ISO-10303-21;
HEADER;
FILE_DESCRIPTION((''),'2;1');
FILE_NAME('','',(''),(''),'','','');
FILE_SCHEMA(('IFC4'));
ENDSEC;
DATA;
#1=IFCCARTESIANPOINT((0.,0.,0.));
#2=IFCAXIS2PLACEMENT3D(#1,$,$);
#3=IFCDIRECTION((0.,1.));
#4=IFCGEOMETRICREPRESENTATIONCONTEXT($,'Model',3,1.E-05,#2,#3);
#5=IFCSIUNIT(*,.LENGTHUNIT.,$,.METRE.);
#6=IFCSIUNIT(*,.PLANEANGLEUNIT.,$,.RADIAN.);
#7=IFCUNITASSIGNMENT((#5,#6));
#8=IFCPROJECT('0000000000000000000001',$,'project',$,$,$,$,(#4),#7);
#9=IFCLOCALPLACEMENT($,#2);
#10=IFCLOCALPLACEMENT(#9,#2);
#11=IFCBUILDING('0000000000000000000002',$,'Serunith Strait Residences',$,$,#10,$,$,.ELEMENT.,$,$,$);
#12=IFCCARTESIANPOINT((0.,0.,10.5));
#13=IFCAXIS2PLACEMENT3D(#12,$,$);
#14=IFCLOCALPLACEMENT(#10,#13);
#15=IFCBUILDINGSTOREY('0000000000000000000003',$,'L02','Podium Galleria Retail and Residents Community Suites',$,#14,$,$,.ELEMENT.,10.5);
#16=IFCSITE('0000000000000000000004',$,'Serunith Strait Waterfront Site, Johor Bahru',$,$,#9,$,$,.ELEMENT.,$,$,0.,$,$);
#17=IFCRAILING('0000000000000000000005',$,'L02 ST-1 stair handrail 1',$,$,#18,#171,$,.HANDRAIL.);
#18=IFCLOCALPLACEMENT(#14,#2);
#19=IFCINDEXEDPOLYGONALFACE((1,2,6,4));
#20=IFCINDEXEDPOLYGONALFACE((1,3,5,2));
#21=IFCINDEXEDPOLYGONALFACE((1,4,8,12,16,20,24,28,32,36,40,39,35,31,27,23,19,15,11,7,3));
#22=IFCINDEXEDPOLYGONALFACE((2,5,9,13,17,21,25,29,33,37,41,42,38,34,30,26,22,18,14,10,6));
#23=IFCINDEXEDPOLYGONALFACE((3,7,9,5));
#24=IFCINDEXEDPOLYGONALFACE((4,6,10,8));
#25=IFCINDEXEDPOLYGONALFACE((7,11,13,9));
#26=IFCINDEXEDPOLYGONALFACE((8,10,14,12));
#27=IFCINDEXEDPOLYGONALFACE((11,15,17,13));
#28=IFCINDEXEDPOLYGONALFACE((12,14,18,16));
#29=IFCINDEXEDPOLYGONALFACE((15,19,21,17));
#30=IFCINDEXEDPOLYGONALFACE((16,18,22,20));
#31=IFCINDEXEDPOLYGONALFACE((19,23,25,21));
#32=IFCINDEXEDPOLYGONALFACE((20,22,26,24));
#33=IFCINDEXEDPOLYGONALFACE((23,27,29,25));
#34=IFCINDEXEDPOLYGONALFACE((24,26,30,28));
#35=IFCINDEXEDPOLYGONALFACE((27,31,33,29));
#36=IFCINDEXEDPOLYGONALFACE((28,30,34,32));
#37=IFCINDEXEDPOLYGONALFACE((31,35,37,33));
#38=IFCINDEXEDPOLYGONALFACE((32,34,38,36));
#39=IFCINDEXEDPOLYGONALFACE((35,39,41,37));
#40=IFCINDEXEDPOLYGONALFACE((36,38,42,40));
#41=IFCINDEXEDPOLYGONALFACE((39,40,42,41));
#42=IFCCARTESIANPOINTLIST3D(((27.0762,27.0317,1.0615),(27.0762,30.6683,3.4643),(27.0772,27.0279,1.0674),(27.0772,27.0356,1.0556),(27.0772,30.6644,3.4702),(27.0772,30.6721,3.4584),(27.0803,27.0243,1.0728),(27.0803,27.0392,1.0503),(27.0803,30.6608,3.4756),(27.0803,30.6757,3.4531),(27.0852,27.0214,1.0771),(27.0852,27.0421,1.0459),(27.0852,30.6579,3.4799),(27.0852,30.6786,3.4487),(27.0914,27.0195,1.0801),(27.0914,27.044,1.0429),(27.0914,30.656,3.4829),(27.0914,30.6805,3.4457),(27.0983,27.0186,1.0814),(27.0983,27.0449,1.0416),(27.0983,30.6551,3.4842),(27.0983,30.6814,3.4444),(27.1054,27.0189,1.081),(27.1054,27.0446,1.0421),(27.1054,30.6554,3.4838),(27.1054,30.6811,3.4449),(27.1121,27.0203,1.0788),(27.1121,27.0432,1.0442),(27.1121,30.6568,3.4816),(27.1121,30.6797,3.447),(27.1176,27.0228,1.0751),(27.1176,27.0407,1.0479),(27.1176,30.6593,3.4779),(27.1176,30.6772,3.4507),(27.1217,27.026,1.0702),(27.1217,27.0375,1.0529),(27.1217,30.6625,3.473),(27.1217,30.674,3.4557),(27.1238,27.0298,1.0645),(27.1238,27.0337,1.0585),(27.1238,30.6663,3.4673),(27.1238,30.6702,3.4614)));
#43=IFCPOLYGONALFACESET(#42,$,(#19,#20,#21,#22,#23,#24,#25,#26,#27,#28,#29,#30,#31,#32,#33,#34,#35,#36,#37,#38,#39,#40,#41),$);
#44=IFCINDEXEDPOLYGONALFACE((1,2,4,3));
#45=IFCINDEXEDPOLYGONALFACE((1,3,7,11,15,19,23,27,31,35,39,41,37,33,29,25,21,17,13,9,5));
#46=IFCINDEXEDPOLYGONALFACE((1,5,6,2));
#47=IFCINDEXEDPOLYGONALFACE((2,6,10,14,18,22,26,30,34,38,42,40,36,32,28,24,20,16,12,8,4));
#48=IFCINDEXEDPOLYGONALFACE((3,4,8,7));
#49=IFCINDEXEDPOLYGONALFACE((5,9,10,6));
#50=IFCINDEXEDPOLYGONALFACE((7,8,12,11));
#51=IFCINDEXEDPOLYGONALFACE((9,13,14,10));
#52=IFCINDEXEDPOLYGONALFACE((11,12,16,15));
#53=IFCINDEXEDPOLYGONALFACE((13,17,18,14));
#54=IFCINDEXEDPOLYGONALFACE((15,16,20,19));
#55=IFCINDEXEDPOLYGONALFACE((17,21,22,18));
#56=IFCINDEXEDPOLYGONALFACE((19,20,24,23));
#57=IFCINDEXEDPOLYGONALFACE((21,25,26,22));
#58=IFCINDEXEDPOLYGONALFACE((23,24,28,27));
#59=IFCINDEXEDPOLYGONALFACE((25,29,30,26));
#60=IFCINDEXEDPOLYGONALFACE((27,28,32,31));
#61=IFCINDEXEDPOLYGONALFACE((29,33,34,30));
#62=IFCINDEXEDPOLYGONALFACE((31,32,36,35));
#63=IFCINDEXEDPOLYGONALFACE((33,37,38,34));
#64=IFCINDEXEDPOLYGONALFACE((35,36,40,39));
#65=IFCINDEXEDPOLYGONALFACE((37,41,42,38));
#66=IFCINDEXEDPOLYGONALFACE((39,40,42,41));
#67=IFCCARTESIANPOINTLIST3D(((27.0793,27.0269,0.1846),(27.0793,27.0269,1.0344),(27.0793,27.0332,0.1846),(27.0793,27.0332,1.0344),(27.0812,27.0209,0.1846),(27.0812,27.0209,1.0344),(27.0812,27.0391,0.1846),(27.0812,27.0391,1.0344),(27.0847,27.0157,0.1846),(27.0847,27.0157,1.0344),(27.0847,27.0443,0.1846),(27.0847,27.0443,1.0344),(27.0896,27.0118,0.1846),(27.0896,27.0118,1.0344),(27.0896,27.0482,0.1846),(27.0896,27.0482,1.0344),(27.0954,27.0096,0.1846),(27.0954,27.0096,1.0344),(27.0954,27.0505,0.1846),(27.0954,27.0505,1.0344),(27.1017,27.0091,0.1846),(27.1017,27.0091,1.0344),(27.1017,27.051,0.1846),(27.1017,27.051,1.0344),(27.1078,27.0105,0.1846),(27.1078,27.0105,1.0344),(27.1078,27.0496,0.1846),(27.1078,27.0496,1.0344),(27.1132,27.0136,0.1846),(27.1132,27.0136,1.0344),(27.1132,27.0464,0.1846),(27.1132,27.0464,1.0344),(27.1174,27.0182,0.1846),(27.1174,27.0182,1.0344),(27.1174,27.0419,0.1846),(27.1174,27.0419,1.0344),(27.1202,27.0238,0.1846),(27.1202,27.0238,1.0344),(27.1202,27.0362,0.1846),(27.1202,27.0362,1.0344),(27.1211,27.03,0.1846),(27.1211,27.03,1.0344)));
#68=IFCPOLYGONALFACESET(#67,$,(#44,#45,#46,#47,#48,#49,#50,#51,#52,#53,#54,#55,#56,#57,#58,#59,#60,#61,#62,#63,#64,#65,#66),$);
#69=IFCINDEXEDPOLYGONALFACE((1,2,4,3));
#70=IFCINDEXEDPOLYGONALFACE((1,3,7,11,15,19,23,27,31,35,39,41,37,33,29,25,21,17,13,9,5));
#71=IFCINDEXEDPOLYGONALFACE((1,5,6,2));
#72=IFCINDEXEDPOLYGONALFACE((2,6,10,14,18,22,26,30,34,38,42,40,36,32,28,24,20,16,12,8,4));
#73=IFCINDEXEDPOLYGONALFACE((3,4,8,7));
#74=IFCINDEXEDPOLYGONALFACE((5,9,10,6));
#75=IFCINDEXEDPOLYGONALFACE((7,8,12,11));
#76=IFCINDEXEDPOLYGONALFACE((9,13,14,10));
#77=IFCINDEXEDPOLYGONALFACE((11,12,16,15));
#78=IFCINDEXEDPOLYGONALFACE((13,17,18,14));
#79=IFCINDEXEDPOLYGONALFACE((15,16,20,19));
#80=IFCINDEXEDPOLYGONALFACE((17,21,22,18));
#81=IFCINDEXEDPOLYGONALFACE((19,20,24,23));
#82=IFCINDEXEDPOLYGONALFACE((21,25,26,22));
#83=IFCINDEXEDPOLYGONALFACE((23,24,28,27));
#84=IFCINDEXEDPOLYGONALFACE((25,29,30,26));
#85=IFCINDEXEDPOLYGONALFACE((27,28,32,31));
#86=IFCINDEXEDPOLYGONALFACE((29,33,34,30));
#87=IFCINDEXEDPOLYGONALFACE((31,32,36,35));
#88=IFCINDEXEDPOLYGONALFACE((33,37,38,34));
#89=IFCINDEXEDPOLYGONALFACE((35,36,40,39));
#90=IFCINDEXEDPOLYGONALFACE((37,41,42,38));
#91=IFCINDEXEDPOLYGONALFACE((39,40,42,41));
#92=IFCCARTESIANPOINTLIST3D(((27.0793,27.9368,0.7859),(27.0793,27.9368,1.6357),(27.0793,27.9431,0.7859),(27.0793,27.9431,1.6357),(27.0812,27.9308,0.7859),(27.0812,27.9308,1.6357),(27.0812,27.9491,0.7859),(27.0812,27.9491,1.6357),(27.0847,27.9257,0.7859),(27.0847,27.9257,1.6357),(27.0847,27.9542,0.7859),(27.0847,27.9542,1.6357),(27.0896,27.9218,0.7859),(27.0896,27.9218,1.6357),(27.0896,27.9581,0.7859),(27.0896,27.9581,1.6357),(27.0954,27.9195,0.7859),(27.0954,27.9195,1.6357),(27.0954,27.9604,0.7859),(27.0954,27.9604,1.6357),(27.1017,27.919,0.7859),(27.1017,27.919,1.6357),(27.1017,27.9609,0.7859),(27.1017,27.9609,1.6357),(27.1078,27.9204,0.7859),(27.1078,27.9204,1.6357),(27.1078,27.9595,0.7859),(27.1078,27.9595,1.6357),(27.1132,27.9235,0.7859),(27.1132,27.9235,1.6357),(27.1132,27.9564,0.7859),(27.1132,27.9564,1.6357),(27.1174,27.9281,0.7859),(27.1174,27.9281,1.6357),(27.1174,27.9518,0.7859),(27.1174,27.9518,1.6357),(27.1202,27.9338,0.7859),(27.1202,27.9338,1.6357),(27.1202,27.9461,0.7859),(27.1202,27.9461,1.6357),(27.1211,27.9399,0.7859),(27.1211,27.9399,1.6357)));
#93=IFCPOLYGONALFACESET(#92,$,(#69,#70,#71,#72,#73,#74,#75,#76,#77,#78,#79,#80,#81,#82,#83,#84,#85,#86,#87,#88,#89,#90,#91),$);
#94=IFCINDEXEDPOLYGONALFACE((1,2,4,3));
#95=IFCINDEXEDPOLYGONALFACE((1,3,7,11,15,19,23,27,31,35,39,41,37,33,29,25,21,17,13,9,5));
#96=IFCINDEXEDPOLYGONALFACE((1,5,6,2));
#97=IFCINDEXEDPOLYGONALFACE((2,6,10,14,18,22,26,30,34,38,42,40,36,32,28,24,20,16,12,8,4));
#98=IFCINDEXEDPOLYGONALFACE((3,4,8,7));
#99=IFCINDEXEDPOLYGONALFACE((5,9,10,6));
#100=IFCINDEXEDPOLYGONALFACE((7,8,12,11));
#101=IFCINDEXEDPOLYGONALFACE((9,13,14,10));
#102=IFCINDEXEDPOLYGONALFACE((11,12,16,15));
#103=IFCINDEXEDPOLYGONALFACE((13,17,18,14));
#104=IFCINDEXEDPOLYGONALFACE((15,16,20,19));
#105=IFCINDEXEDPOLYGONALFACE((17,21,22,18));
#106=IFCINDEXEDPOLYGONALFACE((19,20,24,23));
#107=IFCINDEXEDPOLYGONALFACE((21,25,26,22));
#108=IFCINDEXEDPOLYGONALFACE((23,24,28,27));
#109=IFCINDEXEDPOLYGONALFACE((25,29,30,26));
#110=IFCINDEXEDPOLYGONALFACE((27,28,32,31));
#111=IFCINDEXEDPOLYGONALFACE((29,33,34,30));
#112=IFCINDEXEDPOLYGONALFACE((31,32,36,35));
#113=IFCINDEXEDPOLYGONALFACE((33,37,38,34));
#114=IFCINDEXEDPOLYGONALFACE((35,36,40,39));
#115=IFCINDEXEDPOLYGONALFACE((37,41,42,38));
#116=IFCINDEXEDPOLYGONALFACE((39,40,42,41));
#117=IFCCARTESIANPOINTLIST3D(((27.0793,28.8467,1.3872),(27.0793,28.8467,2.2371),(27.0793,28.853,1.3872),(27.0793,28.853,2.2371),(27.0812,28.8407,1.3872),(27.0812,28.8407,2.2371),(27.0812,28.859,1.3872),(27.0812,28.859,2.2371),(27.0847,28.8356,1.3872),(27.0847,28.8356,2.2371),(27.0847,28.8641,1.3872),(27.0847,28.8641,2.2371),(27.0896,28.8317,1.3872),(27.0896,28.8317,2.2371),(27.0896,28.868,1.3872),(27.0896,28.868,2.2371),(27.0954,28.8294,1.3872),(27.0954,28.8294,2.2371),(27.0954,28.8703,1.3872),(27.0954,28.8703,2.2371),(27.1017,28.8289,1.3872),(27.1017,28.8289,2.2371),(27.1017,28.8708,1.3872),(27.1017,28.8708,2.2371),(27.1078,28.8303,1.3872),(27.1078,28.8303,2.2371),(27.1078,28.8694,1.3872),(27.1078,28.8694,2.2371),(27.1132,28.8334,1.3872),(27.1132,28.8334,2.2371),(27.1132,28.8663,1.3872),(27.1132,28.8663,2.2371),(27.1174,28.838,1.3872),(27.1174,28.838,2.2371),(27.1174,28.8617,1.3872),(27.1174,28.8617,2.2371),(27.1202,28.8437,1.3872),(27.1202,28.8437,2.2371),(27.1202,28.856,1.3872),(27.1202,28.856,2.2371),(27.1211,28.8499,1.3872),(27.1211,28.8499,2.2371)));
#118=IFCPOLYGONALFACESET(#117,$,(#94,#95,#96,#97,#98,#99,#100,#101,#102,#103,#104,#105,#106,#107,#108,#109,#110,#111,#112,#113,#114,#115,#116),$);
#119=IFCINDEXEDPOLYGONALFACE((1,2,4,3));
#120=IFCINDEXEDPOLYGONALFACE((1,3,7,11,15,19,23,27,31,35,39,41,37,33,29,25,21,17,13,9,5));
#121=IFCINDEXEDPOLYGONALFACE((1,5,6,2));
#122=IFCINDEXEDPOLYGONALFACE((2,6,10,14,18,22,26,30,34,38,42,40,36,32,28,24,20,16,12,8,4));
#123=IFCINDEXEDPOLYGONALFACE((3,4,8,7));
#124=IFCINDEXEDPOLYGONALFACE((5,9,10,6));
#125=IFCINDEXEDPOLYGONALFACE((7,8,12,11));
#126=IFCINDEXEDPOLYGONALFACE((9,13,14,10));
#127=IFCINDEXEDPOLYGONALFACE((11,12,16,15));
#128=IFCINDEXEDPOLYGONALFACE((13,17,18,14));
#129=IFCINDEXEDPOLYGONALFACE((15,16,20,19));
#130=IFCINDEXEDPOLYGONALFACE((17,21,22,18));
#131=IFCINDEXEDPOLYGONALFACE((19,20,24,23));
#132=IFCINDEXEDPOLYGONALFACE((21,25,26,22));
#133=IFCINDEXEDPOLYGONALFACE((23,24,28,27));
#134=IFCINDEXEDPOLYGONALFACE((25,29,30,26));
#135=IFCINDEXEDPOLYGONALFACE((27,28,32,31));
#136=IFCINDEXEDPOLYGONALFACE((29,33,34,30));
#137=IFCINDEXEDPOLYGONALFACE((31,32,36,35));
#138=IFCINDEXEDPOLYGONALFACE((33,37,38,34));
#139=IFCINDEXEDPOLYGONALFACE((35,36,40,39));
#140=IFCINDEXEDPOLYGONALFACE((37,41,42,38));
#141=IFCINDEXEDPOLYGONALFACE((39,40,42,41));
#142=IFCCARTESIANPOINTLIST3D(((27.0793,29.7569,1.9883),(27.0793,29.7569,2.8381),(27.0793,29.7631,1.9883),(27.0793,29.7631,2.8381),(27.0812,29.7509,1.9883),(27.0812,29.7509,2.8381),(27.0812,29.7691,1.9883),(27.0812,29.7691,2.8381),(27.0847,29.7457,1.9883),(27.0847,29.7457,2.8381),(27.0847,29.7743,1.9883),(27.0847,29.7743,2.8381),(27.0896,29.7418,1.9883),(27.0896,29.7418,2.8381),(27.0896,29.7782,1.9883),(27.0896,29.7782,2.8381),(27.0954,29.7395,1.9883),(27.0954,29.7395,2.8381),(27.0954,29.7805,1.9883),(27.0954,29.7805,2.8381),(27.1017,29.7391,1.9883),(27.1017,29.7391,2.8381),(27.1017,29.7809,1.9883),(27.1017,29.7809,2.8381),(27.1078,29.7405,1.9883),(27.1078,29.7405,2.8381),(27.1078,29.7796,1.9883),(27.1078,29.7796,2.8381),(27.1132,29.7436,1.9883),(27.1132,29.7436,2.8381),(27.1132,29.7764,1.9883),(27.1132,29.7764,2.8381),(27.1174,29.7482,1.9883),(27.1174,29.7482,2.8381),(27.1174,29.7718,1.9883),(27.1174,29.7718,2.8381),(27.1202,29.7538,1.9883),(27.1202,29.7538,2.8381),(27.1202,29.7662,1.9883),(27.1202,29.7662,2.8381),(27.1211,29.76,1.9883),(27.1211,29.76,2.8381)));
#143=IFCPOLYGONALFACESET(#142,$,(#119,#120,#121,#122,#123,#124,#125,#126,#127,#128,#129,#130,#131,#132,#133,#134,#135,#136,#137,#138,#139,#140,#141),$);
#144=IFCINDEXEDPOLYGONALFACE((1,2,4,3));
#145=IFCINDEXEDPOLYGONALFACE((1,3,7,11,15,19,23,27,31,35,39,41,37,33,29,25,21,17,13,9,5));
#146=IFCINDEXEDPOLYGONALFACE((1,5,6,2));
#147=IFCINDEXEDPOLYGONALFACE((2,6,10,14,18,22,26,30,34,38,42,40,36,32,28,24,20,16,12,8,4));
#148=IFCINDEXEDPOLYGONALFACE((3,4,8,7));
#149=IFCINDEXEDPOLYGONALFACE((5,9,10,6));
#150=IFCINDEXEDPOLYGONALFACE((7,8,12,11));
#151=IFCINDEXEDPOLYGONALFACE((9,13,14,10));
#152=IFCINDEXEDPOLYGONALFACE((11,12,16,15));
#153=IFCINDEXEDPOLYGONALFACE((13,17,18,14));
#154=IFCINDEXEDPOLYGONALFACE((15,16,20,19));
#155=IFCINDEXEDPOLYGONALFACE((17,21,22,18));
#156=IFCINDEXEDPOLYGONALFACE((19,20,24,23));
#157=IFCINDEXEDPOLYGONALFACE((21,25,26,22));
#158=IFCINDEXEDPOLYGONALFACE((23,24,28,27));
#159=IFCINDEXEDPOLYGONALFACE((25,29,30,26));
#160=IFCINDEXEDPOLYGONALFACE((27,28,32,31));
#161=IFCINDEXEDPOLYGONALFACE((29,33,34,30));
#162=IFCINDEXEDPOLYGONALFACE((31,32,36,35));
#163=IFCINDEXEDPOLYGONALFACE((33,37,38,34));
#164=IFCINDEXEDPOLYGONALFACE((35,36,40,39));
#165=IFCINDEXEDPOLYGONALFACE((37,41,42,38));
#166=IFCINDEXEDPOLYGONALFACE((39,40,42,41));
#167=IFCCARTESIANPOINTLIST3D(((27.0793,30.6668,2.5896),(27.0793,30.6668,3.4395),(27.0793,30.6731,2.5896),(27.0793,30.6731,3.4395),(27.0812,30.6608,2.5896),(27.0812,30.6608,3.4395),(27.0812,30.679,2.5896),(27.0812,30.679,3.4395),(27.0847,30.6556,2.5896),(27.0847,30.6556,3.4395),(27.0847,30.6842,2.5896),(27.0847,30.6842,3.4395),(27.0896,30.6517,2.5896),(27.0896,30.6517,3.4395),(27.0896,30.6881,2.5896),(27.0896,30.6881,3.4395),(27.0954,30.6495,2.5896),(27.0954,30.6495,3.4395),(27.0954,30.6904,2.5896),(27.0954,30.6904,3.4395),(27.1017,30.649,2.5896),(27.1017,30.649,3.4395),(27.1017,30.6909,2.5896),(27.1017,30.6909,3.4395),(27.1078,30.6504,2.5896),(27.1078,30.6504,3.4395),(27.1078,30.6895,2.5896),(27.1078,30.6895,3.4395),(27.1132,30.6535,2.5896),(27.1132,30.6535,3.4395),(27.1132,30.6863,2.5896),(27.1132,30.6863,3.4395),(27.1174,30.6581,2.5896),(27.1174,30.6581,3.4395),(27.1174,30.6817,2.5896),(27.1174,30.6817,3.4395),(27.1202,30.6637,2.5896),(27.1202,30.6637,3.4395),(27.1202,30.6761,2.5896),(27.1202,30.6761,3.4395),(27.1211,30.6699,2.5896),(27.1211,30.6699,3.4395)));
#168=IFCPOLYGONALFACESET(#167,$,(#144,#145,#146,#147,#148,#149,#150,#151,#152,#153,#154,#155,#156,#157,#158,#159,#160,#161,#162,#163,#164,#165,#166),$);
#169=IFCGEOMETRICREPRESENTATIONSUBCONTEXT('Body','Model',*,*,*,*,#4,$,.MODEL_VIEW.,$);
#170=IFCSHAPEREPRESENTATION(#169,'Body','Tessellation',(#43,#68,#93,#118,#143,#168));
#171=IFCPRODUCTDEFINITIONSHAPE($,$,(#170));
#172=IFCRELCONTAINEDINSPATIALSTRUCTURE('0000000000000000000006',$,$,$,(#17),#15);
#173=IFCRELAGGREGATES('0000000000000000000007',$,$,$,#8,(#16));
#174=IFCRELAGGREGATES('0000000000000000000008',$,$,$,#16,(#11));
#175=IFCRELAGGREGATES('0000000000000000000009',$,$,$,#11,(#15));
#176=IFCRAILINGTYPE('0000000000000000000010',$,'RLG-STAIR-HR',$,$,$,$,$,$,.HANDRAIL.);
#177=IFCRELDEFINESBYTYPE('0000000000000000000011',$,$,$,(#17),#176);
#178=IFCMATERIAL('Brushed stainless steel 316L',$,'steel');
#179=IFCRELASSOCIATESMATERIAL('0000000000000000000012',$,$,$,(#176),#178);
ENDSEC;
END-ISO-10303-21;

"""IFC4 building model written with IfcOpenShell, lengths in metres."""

from ifc_helpers import new_model, si_unit, direction, frame, origin, origin_2d, place, context, subcontext, project, spatial, circle, extrude, material, type_object, element, save


model = new_model("IFC4")

# Units and contexts
model_context = context("Model", 3, precision=1e-05, world=origin(), true_north=direction((0.0, 1.0)))
body_context = subcontext(model_context, "Body", "Model", "MODEL_VIEW")
ifc_project = project(units=[si_unit("LENGTHUNIT", "METRE"), si_unit("PLANEANGLEUNIT", "RADIAN")], contexts=[model_context])

# Site, building, storey
site_placement = place(None, origin())
site = spatial("IfcSite", under=ifc_project, at=site_placement, Name="Serunith Strait Waterfront Site, Johor Bahru", CompositionType="ELEMENT", RefElevation=0.0)
building_placement = place(site_placement, origin())
building = spatial("IfcBuilding", under=site, at=building_placement, Name="Serunith Strait Residences", CompositionType="ELEMENT")
storey_placement = place(building_placement, frame((0.0, 0.0, 10.5)))
storey = spatial("IfcBuildingStorey", under=building, at=storey_placement, Name="L02", Description="Podium Galleria Retail and Residents Community Suites", CompositionType="ELEMENT", Elevation=10.5)

# Railing
ifc_material_1 = material(Name="Brushed stainless steel 316L", Category="steel")
railing_type_1 = type_object("IfcRailingType", Name="RLG-STAIR-HR", PredefinedType="HANDRAIL", material=ifc_material_1)
railing_1_placement = place(storey_placement, frame((27.1001, 27.03, 0.1846)))
element("IfcRailing", 1, at=railing_1_placement, inside=storey, type_object=railing_type_1, Name="L02 ST-1 stair handrail 1", PredefinedType="HANDRAIL", context=body_context, shape_type="SweptSolid", body=[
    extrude(circle(Radius=0.0239, at=origin_2d()), frame((0.0, 0.0017, 0.877), z_axis=(0.0, 0.834325, 0.551273), x_axis=(-1.0, 0.0, 0.0)), (0.0, 0.0, 1.0), 4.3586),
    extrude(circle(Radius=0.021, at=origin_2d()), origin(), (0.0, 0.0, 1.0), 0.8499),
    extrude(circle(Radius=0.021, at=origin_2d()), frame((0.0, 0.9099, 0.6013)), (0.0, 0.0, 1.0), 0.8499),
    extrude(circle(Radius=0.021, at=origin_2d()), frame((0.0, 1.8198, 1.2026)), (0.0, 0.0, 1.0), 0.8499),
    extrude(circle(Radius=0.021, at=origin_2d()), frame((0.0, 2.73, 1.8037)), (0.0, 0.0, 1.0), 0.8499),
    extrude(circle(Radius=0.021, at=origin_2d()), frame((0.0, 3.6399, 2.405)), (0.0, 0.0, 1.0), 0.8499),
])

save(model, "model.ifc")
